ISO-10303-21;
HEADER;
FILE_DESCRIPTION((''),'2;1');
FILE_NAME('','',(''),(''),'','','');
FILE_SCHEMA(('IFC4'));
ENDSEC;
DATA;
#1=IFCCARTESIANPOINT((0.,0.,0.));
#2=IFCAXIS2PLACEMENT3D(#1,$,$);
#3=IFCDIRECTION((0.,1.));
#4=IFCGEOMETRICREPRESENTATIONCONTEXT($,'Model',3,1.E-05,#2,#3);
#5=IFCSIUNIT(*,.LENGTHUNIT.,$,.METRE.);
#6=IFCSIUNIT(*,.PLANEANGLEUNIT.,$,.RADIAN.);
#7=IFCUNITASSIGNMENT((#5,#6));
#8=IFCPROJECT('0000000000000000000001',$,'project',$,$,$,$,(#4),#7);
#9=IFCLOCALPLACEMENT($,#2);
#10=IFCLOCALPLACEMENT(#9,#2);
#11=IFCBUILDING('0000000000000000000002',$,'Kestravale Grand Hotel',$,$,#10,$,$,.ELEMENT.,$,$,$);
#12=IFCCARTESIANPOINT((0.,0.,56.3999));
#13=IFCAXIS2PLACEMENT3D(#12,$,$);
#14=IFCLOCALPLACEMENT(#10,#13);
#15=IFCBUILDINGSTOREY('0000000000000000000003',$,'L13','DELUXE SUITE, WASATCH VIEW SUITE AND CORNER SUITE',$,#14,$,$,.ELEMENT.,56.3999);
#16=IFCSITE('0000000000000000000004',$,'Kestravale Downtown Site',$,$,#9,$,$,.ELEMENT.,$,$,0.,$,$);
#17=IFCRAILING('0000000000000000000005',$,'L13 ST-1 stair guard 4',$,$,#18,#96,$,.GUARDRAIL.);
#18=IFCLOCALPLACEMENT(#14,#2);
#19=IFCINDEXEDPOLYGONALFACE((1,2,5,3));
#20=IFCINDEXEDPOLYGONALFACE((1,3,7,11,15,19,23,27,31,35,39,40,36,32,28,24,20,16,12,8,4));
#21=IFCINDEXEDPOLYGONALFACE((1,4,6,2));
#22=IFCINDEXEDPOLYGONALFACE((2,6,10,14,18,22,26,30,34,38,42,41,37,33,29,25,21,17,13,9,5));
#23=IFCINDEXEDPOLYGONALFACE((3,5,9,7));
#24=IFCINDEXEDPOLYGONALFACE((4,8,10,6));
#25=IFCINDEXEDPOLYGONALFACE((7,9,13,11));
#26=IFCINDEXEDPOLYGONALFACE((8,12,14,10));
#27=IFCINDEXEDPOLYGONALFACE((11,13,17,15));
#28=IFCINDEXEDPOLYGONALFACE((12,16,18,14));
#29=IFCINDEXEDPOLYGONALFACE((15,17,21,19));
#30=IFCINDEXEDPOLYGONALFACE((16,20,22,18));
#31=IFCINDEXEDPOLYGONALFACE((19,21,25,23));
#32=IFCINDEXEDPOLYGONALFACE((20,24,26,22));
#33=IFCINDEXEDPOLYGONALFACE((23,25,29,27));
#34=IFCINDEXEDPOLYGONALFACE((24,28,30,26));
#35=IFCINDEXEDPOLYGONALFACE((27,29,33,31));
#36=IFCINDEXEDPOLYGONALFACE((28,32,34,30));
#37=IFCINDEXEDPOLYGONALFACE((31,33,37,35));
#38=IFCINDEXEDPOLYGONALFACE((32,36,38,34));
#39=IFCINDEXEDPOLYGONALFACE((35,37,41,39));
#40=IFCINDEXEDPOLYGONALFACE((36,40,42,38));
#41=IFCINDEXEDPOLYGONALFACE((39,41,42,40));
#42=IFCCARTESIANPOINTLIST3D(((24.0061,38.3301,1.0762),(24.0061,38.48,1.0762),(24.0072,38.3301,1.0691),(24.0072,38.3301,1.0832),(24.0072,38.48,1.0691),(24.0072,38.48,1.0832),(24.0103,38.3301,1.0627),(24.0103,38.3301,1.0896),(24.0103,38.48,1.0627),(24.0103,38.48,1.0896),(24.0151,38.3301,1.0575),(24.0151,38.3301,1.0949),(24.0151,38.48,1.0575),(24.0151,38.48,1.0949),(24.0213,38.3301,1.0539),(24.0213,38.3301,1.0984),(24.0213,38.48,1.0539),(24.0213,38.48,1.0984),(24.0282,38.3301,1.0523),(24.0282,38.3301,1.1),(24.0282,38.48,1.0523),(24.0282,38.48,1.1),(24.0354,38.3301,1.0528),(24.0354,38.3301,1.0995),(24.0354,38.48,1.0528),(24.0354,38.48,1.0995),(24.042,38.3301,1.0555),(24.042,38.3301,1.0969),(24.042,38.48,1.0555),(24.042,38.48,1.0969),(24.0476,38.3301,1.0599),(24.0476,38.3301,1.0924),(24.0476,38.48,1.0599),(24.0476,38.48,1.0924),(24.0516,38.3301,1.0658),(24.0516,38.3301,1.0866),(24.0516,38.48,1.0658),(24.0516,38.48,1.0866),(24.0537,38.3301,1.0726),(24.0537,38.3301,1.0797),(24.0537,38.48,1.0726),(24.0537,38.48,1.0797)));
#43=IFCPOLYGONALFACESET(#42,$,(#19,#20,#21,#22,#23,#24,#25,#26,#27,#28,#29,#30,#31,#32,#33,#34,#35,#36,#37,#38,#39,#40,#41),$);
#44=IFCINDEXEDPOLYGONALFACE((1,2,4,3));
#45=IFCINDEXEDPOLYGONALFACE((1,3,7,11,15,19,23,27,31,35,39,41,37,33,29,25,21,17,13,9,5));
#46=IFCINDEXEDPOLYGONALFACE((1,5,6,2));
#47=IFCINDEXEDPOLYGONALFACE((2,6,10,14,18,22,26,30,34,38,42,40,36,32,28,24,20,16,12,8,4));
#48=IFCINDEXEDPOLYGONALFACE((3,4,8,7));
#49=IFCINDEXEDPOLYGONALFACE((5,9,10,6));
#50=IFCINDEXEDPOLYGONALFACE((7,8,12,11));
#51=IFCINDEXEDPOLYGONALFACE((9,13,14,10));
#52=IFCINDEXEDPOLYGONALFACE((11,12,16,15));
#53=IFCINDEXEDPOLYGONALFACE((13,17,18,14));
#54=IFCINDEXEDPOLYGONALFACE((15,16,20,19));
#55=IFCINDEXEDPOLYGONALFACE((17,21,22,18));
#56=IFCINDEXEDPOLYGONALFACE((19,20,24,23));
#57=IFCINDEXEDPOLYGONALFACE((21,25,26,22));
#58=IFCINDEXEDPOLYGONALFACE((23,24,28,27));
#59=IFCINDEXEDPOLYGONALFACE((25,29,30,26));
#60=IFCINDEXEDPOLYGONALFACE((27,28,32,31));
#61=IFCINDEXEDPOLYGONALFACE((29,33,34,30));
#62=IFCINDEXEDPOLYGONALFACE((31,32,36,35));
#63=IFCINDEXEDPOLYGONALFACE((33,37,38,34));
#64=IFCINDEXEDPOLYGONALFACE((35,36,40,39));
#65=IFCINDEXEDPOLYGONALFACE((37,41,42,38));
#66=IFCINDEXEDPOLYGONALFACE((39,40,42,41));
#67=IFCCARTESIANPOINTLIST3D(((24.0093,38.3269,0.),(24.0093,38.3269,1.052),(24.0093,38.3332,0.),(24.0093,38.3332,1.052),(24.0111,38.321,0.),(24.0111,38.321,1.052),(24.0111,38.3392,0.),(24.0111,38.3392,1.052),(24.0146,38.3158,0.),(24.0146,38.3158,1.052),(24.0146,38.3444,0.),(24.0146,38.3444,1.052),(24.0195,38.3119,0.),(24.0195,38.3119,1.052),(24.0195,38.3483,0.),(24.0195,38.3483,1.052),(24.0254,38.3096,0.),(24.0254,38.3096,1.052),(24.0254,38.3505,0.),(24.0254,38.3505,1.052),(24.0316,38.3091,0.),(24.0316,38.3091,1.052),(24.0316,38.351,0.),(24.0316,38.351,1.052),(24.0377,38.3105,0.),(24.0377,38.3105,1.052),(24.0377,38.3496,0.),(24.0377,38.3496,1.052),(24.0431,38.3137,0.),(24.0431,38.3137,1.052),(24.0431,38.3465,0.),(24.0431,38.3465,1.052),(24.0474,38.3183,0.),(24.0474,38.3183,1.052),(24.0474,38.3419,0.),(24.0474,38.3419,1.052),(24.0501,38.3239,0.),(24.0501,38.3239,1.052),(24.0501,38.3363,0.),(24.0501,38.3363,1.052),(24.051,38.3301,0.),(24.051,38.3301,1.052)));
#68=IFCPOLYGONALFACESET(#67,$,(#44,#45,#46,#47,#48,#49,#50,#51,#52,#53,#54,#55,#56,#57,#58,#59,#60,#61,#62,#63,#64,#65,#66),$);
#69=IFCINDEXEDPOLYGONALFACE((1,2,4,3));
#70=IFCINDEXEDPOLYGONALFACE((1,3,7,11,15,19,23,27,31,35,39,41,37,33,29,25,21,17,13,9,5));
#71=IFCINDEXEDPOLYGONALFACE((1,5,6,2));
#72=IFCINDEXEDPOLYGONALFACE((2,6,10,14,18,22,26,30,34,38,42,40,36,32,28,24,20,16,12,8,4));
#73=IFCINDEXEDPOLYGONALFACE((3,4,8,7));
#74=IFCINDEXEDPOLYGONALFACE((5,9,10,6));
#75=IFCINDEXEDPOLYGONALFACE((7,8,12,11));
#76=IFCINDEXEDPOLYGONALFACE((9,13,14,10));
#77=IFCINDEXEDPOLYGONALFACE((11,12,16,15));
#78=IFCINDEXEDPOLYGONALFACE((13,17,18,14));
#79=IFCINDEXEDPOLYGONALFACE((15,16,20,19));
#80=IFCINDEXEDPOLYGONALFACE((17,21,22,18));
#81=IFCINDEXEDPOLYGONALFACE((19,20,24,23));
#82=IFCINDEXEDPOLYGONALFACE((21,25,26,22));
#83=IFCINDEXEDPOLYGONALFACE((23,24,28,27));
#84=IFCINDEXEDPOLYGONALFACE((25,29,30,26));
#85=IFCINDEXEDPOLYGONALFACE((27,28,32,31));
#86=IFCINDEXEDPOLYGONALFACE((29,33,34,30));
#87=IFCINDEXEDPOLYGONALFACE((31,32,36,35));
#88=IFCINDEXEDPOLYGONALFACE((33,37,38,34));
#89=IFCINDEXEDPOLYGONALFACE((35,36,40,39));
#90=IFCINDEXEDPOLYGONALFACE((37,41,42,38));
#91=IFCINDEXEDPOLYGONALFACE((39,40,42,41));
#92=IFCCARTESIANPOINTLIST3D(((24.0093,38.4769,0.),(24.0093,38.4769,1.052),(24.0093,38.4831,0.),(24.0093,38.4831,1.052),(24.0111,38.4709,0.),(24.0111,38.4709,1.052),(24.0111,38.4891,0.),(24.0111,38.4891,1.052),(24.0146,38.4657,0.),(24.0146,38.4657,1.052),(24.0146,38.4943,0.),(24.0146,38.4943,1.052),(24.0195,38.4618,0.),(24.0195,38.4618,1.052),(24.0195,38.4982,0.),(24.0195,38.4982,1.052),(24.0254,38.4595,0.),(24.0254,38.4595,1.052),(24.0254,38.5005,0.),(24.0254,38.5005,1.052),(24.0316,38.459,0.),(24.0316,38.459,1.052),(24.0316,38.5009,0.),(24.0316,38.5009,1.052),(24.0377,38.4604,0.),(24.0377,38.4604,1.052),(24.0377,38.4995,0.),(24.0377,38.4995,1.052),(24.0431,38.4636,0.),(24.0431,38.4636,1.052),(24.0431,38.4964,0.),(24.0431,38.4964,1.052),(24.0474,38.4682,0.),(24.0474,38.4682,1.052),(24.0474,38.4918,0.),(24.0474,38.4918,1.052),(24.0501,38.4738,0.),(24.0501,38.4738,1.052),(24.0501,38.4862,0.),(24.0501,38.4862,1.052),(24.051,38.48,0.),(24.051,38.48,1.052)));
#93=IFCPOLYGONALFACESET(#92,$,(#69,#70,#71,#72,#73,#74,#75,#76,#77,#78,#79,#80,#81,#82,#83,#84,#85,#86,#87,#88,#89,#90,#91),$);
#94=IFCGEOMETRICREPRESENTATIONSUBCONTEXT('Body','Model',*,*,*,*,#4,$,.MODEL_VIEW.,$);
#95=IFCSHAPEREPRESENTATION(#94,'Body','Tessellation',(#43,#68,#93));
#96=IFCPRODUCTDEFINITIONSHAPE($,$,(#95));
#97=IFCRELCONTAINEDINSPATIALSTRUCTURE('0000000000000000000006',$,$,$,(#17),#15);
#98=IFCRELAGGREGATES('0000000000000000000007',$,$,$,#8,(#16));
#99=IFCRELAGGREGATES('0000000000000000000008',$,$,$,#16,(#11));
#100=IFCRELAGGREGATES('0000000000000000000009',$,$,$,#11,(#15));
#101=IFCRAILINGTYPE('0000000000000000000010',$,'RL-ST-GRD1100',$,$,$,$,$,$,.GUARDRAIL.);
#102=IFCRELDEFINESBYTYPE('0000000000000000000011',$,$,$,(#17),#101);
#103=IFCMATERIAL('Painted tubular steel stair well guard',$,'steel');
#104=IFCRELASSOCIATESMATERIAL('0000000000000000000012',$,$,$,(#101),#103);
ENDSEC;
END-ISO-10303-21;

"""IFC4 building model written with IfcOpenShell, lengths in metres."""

from ifc_helpers import new_model, si_unit, direction, frame, origin, origin_2d, place, context, subcontext, project, spatial, circle, extrude, material, type_object, element, save


model = new_model("IFC4")

# Units and contexts
model_context = context("Model", 3, precision=1e-05, world=origin(), true_north=direction((0.0, 1.0)))
body_context = subcontext(model_context, "Body", "Model", "MODEL_VIEW")
ifc_project = project(units=[si_unit("LENGTHUNIT", "METRE"), si_unit("PLANEANGLEUNIT", "RADIAN")], contexts=[model_context])

# Site, building, storey
site_placement = place(None, origin())
site = spatial("IfcSite", under=ifc_project, at=site_placement, Name="Kestravale Downtown Site", CompositionType="ELEMENT", RefElevation=0.0)
building_placement = place(site_placement, origin())
building = spatial("IfcBuilding", under=site, at=building_placement, Name="Kestravale Grand Hotel", CompositionType="ELEMENT")
storey_placement = place(building_placement, frame((0.0, 0.0, 56.3999)))
storey = spatial("IfcBuildingStorey", under=building, at=storey_placement, Name="L13", Description="DELUXE SUITE, WASATCH VIEW SUITE AND CORNER SUITE", CompositionType="ELEMENT", Elevation=56.3999)

# Railing
ifc_material_1 = material(Name="Painted tubular steel stair well guard", Category="steel")
railing_type_1 = type_object("IfcRailingType", Name="RL-ST-GRD1100", PredefinedType="GUARDRAIL", material=ifc_material_1)
railing_1_placement = place(storey_placement, frame((24.03, 38.3301, 0.0)))
element("IfcRailing", 1, at=railing_1_placement, inside=storey, type_object=railing_type_1, Name="L13 ST-1 stair guard 4", PredefinedType="GUARDRAIL", context=body_context, shape_type="SweptSolid", body=[
    extrude(circle(Radius=0.0239, at=origin_2d()), frame((0.0, 0.0, 1.0762), z_axis=(0.0, 1.0, 0.0), x_axis=(-1.0, 0.0, 0.0)), (0.0, 0.0, 1.0), 0.1499),
    extrude(circle(Radius=0.021, at=origin_2d()), origin(), (0.0, 0.0, 1.0), 1.052),
    extrude(circle(Radius=0.021, at=origin_2d()), frame((0.0, 0.1499, 0.0)), (0.0, 0.0, 1.0), 1.052),
])

save(model, "model.ifc")
